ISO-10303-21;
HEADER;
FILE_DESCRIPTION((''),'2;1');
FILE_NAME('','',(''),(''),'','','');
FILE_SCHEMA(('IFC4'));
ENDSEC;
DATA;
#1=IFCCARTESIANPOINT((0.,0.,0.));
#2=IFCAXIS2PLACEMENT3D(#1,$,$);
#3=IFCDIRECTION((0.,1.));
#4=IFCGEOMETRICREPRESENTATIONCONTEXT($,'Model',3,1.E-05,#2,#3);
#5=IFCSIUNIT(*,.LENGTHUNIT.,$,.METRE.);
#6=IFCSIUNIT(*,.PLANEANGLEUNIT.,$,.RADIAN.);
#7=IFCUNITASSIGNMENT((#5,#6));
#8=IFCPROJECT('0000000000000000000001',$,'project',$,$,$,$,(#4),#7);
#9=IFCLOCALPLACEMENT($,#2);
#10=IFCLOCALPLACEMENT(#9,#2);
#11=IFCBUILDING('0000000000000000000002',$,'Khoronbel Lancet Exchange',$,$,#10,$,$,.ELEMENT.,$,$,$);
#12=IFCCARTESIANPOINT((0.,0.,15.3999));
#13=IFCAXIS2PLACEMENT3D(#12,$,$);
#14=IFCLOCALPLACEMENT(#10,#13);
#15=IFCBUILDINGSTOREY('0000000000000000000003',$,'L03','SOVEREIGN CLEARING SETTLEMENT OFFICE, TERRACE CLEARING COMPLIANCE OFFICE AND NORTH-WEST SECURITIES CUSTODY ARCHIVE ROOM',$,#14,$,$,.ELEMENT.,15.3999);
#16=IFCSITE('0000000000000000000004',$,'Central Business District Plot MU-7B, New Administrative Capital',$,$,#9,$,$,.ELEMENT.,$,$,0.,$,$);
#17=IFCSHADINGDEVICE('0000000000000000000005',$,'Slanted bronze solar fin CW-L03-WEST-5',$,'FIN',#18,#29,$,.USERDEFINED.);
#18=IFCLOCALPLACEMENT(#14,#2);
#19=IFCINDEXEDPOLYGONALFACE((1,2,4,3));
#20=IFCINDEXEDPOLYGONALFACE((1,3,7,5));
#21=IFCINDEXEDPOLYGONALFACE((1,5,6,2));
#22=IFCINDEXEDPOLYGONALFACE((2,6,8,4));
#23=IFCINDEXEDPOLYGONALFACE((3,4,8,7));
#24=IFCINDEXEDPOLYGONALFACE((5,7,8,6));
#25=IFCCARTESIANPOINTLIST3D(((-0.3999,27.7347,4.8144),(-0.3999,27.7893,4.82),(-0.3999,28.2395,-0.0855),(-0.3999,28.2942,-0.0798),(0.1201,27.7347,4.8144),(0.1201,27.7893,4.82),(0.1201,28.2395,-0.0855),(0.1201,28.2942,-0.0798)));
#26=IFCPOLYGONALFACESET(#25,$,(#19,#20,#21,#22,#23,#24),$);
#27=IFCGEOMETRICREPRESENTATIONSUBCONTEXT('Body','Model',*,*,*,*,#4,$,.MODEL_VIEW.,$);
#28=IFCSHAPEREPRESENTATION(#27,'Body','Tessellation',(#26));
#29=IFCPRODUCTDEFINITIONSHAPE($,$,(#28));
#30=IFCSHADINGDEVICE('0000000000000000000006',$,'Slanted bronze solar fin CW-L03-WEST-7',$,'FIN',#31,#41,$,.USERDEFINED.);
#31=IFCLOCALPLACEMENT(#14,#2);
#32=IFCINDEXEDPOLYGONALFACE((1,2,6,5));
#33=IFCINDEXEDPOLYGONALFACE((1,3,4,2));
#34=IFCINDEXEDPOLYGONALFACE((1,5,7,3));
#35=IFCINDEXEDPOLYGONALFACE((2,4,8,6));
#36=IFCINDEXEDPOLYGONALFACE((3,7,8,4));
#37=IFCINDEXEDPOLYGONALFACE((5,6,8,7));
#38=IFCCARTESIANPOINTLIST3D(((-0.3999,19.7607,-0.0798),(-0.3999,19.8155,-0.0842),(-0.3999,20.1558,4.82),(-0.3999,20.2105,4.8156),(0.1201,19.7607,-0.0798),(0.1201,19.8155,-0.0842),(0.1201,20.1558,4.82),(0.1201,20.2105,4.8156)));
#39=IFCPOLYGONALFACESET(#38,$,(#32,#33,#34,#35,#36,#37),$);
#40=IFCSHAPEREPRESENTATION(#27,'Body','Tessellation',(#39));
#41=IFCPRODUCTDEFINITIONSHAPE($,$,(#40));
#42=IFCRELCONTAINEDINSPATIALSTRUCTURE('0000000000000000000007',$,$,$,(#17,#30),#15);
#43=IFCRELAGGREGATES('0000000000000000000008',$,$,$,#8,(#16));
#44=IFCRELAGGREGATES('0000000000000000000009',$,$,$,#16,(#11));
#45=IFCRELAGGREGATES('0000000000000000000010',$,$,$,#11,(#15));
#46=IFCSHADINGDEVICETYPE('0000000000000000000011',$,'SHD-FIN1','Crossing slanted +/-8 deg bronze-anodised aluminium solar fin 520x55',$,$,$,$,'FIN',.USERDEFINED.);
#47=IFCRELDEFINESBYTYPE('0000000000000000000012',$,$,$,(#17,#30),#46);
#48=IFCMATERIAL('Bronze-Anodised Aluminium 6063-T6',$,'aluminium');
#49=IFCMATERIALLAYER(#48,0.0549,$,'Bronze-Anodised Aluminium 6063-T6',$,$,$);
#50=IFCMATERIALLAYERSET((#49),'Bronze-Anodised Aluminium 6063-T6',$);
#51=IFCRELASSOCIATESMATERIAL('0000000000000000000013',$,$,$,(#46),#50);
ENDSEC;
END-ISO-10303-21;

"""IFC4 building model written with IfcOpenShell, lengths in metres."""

from ifc_helpers import new_model, si_unit, direction, frame, origin, place, context, subcontext, project, spatial, polyline, outline, extrude, material, layer, layer_set, type_object, element, save


model = new_model("IFC4")

# Units and contexts
model_context = context("Model", 3, precision=1e-05, world=origin(), true_north=direction((0.0, 1.0)))
body_context = subcontext(model_context, "Body", "Model", "MODEL_VIEW")
ifc_project = project(units=[si_unit("LENGTHUNIT", "METRE"), si_unit("PLANEANGLEUNIT", "RADIAN")], contexts=[model_context])

# Site, building, storey
site_placement = place(None, origin())
site = spatial("IfcSite", under=ifc_project, at=site_placement, Name="Central Business District Plot MU-7B, New Administrative Capital", CompositionType="ELEMENT", RefElevation=0.0)
building_placement = place(site_placement, origin())
building = spatial("IfcBuilding", under=site, at=building_placement, Name="Khoronbel Lancet Exchange", CompositionType="ELEMENT")
storey_placement = place(building_placement, frame((0.0, 0.0, 15.3999)))
storey = spatial("IfcBuildingStorey", under=building, at=storey_placement, Name="L03", Description="SOVEREIGN CLEARING SETTLEMENT OFFICE, TERRACE CLEARING COMPLIANCE OFFICE AND NORTH-WEST SECURITIES CUSTODY ARCHIVE ROOM", CompositionType="ELEMENT", Elevation=15.3999)

# Shared definitions
ifc_material_1 = material(Name="Bronze-Anodised Aluminium 6063-T6", Category="aluminium")

# Shading devices
ifc_layer_1 = layer(ifc_material_1, 0.0549, Name="Bronze-Anodised Aluminium 6063-T6")
ifc_layer_set_1 = layer_set([ifc_layer_1], Name="Bronze-Anodised Aluminium 6063-T6")
shading_device_type = type_object("IfcShadingDeviceType", Name="SHD-FIN1", Description="Crossing slanted +/-8 deg bronze-anodised aluminium solar fin 520x55", ElementType="FIN", PredefinedType="USERDEFINED", material=ifc_layer_set_1)
shading_device_1_placement = place(storey_placement, frame((0.1201, 28.2942, -0.0798), z_axis=(0.0, 0.994733, 0.102497), x_axis=(-1.0, 0.0, 0.0)))
element("IfcShadingDevice", 1, at=shading_device_1_placement, inside=storey, type_object=shading_device_type, Name="Slanted bronze solar fin CW-L03-WEST-5", ObjectType="FIN", PredefinedType="USERDEFINED", context=body_context, shape_type="SweptSolid", body=[
    extrude(outline(polyline([(0.0, 0.0), (0.52, 0.0), (0.52, 4.9258), (0.0, 4.9258), (0.0, 0.0)])), origin(), (0.0, 0.0, -1.0), 0.0549),
])
shading_device_2_placement = place(storey_placement, frame((0.1201, 19.7607, -0.0798), z_axis=(0.0, -0.996766, 0.080357), x_axis=(-1.0, 0.0, 0.0)))
element("IfcShadingDevice", 2, at=shading_device_2_placement, inside=storey, type_object=shading_device_type, Name="Slanted bronze solar fin CW-L03-WEST-7", ObjectType="FIN", PredefinedType="USERDEFINED", context=body_context, shape_type="SweptSolid", body=[
    extrude(outline(polyline([(0.0, 0.0), (0.52, 0.0), (0.52, -4.9158), (0.0, -4.9158), (0.0, 0.0)])), origin(), (0.0, 0.0, -1.0), 0.0549),
])

save(model, "model.ifc")
